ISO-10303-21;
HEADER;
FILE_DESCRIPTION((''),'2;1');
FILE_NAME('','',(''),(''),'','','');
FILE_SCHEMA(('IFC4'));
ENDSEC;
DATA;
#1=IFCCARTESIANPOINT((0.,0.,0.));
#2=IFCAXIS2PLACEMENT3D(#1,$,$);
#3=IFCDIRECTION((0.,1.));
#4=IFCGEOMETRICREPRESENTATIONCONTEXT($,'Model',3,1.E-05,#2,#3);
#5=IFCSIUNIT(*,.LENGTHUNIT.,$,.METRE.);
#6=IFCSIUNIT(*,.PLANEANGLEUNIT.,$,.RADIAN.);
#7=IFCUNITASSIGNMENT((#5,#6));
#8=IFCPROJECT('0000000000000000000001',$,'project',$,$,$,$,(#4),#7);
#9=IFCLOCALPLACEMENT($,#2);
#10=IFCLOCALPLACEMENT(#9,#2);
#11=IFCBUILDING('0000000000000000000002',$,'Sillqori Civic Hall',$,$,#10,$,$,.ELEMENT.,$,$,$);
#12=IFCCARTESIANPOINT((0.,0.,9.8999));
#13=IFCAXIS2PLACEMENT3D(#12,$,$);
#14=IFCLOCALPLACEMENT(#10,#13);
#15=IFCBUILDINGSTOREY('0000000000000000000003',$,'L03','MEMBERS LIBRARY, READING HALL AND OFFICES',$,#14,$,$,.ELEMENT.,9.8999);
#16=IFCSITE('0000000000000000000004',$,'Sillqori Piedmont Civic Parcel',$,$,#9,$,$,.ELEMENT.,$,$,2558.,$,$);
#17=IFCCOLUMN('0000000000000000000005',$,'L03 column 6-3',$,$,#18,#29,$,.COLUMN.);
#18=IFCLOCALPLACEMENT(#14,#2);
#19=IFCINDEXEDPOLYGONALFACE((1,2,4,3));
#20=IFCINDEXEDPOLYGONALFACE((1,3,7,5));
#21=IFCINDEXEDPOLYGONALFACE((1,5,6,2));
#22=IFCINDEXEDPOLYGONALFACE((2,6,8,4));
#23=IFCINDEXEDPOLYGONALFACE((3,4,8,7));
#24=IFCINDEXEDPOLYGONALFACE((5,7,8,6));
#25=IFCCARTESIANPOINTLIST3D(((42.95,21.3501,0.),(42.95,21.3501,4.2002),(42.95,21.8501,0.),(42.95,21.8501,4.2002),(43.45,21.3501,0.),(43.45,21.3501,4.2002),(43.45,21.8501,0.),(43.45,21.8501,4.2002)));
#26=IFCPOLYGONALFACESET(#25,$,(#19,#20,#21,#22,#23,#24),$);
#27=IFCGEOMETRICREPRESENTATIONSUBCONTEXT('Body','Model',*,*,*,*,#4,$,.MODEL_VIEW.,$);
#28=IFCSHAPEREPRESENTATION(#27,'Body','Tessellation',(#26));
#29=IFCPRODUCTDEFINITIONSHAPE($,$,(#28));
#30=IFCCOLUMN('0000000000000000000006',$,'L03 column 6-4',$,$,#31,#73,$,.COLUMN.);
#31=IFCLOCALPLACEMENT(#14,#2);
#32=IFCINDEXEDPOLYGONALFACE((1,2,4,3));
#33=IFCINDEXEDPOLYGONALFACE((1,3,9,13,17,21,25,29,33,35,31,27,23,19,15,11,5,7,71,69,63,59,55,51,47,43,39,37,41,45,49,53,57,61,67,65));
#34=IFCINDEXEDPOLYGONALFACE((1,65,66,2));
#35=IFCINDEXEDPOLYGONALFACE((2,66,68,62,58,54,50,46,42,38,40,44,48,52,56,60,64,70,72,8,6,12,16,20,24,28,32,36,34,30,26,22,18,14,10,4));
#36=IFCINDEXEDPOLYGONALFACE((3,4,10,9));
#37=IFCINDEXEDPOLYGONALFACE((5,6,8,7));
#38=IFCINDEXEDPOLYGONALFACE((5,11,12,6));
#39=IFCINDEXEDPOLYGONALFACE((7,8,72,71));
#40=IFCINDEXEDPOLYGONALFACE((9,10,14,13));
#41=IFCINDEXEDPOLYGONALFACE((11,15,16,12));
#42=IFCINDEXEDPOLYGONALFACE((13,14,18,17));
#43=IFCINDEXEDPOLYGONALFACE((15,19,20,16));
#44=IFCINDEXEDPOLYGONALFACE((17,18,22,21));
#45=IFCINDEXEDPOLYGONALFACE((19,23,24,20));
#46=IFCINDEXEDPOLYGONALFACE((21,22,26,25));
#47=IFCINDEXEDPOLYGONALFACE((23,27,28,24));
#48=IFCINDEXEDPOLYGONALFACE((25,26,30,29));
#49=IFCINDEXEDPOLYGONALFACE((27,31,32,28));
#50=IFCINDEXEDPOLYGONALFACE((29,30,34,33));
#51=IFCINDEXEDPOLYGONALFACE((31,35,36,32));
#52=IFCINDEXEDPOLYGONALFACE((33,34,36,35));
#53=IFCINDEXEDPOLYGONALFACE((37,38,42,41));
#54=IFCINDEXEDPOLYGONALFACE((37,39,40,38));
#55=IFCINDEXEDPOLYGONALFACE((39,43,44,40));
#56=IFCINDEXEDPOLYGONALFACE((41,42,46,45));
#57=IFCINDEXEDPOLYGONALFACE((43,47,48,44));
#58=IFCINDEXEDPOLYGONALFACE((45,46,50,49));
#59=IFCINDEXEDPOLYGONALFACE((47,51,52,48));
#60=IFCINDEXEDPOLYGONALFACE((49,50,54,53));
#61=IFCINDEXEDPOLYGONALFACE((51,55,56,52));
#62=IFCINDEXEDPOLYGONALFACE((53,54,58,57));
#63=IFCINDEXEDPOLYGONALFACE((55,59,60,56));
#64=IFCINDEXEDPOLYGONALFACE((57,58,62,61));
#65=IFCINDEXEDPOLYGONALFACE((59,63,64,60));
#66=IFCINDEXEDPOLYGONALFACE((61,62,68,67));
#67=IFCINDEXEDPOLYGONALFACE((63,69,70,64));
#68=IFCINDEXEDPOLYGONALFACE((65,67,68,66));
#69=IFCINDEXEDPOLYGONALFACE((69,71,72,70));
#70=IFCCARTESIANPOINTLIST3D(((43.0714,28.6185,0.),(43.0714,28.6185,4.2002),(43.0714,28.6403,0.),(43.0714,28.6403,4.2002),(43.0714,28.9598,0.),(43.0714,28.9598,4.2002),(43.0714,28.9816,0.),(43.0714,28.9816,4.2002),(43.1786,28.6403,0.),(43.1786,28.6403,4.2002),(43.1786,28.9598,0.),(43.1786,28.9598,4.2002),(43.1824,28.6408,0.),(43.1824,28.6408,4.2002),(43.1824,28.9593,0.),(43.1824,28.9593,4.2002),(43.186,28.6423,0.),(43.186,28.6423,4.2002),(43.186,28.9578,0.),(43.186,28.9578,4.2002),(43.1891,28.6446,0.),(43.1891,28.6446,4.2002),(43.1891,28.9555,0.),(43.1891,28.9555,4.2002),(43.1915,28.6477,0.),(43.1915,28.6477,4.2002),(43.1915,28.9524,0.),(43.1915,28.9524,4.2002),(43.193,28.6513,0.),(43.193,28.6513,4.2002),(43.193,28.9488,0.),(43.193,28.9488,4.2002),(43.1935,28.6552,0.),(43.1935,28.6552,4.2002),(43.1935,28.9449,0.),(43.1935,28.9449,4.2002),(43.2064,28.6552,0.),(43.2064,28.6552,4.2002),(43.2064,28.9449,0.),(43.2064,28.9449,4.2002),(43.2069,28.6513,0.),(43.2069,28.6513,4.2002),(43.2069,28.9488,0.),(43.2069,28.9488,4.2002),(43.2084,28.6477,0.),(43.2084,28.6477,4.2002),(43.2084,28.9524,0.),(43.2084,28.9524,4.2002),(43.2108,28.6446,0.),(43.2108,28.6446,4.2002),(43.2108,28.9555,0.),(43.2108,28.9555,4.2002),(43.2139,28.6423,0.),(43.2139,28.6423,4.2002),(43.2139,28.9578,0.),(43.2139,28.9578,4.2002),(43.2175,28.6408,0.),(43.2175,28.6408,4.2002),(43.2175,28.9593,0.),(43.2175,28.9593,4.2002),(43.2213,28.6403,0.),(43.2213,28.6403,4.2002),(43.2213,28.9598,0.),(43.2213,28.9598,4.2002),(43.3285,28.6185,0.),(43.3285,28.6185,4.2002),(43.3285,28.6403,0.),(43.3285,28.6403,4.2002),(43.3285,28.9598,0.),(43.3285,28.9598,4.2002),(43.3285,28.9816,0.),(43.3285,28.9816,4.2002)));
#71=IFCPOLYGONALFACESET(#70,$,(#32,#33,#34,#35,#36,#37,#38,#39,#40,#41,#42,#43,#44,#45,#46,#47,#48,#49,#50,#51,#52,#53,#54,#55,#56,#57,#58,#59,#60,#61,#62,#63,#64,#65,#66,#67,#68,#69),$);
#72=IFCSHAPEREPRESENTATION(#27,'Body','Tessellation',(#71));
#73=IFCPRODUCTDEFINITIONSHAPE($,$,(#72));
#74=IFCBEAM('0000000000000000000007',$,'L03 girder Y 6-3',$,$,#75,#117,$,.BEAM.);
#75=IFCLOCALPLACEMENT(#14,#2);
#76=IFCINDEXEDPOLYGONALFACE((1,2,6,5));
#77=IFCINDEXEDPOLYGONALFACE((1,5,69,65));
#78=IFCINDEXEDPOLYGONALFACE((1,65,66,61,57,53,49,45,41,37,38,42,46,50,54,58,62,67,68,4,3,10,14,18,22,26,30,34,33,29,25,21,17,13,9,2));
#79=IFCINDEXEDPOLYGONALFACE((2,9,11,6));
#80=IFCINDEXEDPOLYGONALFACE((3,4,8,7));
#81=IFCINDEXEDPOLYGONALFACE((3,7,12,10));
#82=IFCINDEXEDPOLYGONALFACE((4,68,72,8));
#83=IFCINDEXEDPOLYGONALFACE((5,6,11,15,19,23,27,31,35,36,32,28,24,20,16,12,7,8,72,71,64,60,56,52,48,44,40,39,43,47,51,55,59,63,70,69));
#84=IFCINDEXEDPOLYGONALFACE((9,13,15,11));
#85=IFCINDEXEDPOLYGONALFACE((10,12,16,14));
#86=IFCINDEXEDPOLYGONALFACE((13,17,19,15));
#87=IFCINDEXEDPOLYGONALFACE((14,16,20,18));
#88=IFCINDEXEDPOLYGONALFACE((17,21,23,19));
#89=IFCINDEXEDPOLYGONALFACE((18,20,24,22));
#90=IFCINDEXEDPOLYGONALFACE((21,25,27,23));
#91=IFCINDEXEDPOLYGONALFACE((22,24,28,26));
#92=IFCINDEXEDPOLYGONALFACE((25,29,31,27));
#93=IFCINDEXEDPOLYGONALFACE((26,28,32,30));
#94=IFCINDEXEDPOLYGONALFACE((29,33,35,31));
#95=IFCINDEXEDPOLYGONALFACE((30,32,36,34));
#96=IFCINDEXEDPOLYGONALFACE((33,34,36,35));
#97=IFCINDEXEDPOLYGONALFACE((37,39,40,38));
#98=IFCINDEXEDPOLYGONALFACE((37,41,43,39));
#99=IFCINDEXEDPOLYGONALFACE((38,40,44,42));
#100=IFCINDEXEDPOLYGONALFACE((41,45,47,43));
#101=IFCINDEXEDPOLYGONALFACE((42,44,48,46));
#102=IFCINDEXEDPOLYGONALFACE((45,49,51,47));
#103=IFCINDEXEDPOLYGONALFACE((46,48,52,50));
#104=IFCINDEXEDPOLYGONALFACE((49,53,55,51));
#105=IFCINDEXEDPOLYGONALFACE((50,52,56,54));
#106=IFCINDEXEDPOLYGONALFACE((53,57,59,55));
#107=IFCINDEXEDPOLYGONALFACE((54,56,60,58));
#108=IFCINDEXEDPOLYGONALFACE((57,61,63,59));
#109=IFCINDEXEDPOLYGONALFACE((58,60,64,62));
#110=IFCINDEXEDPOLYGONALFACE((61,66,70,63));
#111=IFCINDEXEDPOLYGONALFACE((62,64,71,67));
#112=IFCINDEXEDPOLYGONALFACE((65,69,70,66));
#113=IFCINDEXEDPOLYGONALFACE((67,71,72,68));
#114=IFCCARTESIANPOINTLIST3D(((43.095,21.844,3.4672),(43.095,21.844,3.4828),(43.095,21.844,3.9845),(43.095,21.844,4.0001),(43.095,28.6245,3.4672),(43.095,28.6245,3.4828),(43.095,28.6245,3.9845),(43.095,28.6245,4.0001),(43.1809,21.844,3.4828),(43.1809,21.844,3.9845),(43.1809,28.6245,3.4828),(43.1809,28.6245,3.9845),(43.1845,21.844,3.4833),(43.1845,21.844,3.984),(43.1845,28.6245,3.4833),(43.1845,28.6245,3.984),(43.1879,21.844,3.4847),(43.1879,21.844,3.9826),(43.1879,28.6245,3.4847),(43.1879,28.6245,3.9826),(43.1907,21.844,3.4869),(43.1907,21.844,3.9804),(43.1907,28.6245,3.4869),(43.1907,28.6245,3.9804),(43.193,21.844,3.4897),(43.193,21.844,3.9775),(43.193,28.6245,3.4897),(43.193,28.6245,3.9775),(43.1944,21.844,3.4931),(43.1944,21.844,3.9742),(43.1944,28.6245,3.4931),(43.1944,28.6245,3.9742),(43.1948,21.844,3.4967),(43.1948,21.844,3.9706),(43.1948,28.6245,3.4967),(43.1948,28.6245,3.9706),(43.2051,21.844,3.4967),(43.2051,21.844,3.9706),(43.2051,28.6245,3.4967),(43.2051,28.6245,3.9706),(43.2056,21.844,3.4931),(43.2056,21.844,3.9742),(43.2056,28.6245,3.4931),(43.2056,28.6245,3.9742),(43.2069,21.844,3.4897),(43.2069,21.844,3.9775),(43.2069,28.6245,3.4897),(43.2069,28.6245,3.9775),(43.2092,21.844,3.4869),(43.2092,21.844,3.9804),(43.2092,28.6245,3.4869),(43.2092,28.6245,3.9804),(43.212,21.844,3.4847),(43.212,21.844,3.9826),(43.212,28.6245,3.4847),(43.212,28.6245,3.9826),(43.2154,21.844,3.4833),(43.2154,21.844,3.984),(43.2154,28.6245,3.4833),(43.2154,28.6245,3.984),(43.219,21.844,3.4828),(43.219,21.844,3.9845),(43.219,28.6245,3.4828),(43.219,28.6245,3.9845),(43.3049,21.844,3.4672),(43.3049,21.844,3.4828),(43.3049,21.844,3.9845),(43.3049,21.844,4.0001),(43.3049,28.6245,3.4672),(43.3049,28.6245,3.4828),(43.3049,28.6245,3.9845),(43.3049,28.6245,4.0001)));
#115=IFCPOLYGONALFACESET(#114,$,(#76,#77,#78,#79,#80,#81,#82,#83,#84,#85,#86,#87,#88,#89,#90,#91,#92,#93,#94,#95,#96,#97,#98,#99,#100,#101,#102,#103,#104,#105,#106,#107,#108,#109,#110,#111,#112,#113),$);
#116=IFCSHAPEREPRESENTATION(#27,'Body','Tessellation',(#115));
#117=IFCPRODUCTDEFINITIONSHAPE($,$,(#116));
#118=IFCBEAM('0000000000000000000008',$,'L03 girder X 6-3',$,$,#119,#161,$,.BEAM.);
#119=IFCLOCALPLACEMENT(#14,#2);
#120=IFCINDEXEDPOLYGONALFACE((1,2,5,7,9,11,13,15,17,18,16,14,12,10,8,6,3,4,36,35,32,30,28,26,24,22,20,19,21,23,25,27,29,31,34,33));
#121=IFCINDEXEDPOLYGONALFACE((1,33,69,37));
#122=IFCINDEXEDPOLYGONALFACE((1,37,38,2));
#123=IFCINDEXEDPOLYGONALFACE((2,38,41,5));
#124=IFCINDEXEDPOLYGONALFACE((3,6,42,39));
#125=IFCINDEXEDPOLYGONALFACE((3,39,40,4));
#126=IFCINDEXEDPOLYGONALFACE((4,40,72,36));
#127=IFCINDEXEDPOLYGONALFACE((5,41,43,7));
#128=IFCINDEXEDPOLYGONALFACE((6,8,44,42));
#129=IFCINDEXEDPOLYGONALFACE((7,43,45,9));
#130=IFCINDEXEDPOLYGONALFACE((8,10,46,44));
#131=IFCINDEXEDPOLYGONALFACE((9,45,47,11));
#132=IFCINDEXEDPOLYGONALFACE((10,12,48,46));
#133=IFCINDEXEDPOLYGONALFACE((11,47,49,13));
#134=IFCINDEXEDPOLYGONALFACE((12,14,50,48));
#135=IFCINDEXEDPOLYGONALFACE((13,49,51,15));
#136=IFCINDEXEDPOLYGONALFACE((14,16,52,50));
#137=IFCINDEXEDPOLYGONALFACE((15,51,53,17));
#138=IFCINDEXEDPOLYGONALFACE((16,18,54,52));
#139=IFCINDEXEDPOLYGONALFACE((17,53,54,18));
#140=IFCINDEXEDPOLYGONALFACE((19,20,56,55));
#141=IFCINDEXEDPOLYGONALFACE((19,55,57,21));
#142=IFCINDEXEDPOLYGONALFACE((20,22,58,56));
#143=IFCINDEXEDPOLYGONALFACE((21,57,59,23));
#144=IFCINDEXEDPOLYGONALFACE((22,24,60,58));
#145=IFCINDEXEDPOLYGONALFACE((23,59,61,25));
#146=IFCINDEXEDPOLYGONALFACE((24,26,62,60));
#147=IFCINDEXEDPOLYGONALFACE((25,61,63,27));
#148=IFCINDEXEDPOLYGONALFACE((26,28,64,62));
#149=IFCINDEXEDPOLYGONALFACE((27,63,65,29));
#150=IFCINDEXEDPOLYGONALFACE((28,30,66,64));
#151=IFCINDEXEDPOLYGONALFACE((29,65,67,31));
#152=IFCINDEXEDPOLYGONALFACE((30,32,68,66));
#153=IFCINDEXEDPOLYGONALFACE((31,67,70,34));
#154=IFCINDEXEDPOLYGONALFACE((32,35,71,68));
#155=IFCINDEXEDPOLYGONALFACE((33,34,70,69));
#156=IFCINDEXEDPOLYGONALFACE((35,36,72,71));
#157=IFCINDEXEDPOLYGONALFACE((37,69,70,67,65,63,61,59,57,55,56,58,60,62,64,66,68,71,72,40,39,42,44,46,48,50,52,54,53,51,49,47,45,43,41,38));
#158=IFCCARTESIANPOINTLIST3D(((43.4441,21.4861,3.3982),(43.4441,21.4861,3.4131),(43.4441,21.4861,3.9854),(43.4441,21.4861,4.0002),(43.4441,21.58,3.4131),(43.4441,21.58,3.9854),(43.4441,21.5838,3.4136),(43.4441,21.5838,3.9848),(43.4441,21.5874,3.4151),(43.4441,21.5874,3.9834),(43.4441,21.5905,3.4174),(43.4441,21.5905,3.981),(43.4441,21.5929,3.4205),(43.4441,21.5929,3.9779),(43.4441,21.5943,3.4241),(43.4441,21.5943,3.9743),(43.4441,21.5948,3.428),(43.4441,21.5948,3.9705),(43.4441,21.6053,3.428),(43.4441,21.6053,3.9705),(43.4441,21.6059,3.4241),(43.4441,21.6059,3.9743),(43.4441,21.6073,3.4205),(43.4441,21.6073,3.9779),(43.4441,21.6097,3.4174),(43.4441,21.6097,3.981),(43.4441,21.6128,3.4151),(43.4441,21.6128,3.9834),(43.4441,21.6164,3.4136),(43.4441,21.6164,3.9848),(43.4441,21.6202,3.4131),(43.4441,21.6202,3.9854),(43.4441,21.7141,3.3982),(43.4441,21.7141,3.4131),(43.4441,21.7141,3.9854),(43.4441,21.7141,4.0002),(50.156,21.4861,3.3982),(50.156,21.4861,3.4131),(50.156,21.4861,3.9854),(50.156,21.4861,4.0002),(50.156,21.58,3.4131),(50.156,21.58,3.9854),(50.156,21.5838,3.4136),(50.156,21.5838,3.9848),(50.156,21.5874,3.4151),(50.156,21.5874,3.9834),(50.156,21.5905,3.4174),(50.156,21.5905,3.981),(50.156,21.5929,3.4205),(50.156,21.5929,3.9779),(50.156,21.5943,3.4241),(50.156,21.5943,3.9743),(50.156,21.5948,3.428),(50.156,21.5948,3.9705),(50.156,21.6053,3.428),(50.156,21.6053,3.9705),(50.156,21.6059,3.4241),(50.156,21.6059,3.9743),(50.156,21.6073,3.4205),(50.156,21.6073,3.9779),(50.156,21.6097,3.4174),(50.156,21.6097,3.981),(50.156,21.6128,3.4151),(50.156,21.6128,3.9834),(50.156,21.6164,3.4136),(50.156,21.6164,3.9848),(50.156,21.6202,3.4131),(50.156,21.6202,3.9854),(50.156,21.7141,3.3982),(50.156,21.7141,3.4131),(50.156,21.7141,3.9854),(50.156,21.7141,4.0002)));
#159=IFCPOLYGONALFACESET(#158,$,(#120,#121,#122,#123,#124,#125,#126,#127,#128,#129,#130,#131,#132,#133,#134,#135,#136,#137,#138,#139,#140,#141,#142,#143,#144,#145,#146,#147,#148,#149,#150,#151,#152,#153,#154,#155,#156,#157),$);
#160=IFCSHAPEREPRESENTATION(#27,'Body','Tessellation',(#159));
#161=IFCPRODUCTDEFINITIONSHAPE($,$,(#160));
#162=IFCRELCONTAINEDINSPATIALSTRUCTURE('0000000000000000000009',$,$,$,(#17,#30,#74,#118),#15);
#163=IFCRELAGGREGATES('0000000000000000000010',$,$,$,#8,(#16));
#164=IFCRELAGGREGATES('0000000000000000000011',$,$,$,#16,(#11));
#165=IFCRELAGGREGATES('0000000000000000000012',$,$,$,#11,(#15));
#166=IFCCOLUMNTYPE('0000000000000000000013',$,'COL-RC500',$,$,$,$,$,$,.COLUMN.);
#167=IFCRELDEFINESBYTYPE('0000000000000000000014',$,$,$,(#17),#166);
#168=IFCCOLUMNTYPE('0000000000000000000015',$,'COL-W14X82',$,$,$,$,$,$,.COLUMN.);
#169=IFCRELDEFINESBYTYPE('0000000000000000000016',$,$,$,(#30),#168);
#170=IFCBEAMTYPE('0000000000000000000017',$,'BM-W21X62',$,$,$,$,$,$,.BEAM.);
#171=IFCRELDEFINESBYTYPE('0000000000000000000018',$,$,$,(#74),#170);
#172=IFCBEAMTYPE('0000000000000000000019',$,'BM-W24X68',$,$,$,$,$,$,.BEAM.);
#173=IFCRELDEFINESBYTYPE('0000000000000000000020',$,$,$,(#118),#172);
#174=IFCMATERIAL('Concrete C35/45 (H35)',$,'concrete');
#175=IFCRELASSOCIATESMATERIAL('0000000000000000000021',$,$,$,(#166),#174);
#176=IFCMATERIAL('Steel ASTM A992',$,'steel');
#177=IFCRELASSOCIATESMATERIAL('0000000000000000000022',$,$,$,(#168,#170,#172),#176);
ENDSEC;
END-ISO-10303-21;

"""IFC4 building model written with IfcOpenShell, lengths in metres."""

from ifc_helpers import new_model, si_unit, direction, frame, origin, origin_2d, place, context, subcontext, project, spatial, rectangle, i_section, extrude, material, material_profile, profile_set, type_object, element, save


model = new_model("IFC4")

# Units and contexts
model_context = context("Model", 3, precision=1e-05, world=origin(), true_north=direction((0.0, 1.0)))
body_context = subcontext(model_context, "Body", "Model", "MODEL_VIEW")
ifc_project = project(units=[si_unit("LENGTHUNIT", "METRE"), si_unit("PLANEANGLEUNIT", "RADIAN")], contexts=[model_context])

# Site, building, storey
site_placement = place(None, origin())
site = spatial("IfcSite", under=ifc_project, at=site_placement, Name="Sillqori Piedmont Civic Parcel", CompositionType="ELEMENT", RefElevation=2558.0)
building_placement = place(site_placement, origin())
building = spatial("IfcBuilding", under=site, at=building_placement, Name="Sillqori Civic Hall", CompositionType="ELEMENT")
storey_placement = place(building_placement, frame((0.0, 0.0, 9.8999)))
storey = spatial("IfcBuildingStorey", under=building, at=storey_placement, Name="L03", Description="MEMBERS LIBRARY, READING HALL AND OFFICES", CompositionType="ELEMENT", Elevation=9.8999)

# Columns
ifc_material_1 = material(Name="Concrete C35/45 (H35)", Category="concrete")
ifc_material_profile_1 = material_profile(ifc_material_1, rectangle(XDim=0.5, YDim=0.5, at=origin_2d()), Name="RC 500x500")
ifc_profile_set_1 = profile_set([ifc_material_profile_1], Name="Concrete C35/45 (H35)")
column_type_1 = type_object("IfcColumnType", Name="COL-RC500", PredefinedType="COLUMN", material=ifc_profile_set_1)
column_1_placement = place(storey_placement, frame((43.2, 21.6001, 0.0), z_axis=(0.0, 0.0, 1.0), x_axis=(1.0, 0.0, 0.0)))
element("IfcColumn", 1, at=column_1_placement, inside=storey, type_object=column_type_1, Name="L03 column 6-3", PredefinedType="COLUMN", context=body_context, shape_type="SweptSolid", body=[
    extrude(rectangle(XDim=0.5, YDim=0.5, at=origin_2d()), origin(), (0.0, 0.0, 1.0), 4.2002),
])
ifc_material_2 = material(Name="Steel ASTM A992", Category="steel")
ifc_material_profile_2 = material_profile(ifc_material_2, i_section(OverallWidth=0.2571, OverallDepth=0.363, WebThickness=0.0129, FlangeThickness=0.0217, FilletRadius=0.0149, at=origin_2d()), Name="W14X82")
ifc_profile_set_2 = profile_set([ifc_material_profile_2], Name="Steel ASTM A992")
column_type_2 = type_object("IfcColumnType", Name="COL-W14X82", PredefinedType="COLUMN", material=ifc_profile_set_2)
column_2_placement = place(storey_placement, frame((43.2, 28.8, 0.0), z_axis=(0.0, 0.0, 1.0), x_axis=(1.0, 0.0, 0.0)))
element("IfcColumn", 2, at=column_2_placement, inside=storey, type_object=column_type_2, Name="L03 column 6-4", PredefinedType="COLUMN", context=body_context, shape_type="SweptSolid", body=[
    extrude(i_section(OverallWidth=0.2571, OverallDepth=0.363, WebThickness=0.0129, FlangeThickness=0.0217, FilletRadius=0.0149, at=origin_2d()), origin(), (0.0, 0.0, 1.0), 4.2002),
])

# Beams
ifc_material_profile_3 = material_profile(ifc_material_2, i_section(OverallWidth=0.21, OverallDepth=0.533, WebThickness=0.0103, FlangeThickness=0.0156, FilletRadius=0.0139, at=origin_2d()), Name="W21X62")
ifc_profile_set_3 = profile_set([ifc_material_profile_3], Name="Steel ASTM A992")
beam_type_1 = type_object("IfcBeamType", Name="BM-W21X62", PredefinedType="BEAM", material=ifc_profile_set_3)
beam_1_placement = place(storey_placement, frame((43.2, 21.844, 3.7336), z_axis=(0.0, 1.0, 0.0), x_axis=(-1.0, 0.0, 0.0)))
element("IfcBeam", 3, at=beam_1_placement, inside=storey, type_object=beam_type_1, Name="L03 girder Y 6-3", PredefinedType="BEAM", context=body_context, shape_type="SweptSolid", body=[
    extrude(i_section(OverallWidth=0.21, OverallDepth=0.533, WebThickness=0.0103, FlangeThickness=0.0156, FilletRadius=0.0139, at=origin_2d()), origin(), (0.0, 0.0, 1.0), 6.7805),
])
ifc_material_profile_4 = material_profile(ifc_material_2, i_section(OverallWidth=0.228, OverallDepth=0.6021, WebThickness=0.0105, FlangeThickness=0.0149, FilletRadius=0.0149, at=origin_2d()), Name="W24X68")
ifc_profile_set_4 = profile_set([ifc_material_profile_4], Name="Steel ASTM A992")
beam_type_2 = type_object("IfcBeamType", Name="BM-W24X68", PredefinedType="BEAM", material=ifc_profile_set_4)
beam_2_placement = place(storey_placement, frame((43.4441, 21.6001, 3.6992), z_axis=(1.0, 0.0, 0.0), x_axis=(0.0, 1.0, 0.0)))
element("IfcBeam", 4, at=beam_2_placement, inside=storey, type_object=beam_type_2, Name="L03 girder X 6-3", PredefinedType="BEAM", context=body_context, shape_type="SweptSolid", body=[
    extrude(i_section(OverallWidth=0.228, OverallDepth=0.6021, WebThickness=0.0105, FlangeThickness=0.0149, FilletRadius=0.0149, at=origin_2d()), origin(), (0.0, 0.0, 1.0), 6.7119),
])

save(model, "model.ifc")
